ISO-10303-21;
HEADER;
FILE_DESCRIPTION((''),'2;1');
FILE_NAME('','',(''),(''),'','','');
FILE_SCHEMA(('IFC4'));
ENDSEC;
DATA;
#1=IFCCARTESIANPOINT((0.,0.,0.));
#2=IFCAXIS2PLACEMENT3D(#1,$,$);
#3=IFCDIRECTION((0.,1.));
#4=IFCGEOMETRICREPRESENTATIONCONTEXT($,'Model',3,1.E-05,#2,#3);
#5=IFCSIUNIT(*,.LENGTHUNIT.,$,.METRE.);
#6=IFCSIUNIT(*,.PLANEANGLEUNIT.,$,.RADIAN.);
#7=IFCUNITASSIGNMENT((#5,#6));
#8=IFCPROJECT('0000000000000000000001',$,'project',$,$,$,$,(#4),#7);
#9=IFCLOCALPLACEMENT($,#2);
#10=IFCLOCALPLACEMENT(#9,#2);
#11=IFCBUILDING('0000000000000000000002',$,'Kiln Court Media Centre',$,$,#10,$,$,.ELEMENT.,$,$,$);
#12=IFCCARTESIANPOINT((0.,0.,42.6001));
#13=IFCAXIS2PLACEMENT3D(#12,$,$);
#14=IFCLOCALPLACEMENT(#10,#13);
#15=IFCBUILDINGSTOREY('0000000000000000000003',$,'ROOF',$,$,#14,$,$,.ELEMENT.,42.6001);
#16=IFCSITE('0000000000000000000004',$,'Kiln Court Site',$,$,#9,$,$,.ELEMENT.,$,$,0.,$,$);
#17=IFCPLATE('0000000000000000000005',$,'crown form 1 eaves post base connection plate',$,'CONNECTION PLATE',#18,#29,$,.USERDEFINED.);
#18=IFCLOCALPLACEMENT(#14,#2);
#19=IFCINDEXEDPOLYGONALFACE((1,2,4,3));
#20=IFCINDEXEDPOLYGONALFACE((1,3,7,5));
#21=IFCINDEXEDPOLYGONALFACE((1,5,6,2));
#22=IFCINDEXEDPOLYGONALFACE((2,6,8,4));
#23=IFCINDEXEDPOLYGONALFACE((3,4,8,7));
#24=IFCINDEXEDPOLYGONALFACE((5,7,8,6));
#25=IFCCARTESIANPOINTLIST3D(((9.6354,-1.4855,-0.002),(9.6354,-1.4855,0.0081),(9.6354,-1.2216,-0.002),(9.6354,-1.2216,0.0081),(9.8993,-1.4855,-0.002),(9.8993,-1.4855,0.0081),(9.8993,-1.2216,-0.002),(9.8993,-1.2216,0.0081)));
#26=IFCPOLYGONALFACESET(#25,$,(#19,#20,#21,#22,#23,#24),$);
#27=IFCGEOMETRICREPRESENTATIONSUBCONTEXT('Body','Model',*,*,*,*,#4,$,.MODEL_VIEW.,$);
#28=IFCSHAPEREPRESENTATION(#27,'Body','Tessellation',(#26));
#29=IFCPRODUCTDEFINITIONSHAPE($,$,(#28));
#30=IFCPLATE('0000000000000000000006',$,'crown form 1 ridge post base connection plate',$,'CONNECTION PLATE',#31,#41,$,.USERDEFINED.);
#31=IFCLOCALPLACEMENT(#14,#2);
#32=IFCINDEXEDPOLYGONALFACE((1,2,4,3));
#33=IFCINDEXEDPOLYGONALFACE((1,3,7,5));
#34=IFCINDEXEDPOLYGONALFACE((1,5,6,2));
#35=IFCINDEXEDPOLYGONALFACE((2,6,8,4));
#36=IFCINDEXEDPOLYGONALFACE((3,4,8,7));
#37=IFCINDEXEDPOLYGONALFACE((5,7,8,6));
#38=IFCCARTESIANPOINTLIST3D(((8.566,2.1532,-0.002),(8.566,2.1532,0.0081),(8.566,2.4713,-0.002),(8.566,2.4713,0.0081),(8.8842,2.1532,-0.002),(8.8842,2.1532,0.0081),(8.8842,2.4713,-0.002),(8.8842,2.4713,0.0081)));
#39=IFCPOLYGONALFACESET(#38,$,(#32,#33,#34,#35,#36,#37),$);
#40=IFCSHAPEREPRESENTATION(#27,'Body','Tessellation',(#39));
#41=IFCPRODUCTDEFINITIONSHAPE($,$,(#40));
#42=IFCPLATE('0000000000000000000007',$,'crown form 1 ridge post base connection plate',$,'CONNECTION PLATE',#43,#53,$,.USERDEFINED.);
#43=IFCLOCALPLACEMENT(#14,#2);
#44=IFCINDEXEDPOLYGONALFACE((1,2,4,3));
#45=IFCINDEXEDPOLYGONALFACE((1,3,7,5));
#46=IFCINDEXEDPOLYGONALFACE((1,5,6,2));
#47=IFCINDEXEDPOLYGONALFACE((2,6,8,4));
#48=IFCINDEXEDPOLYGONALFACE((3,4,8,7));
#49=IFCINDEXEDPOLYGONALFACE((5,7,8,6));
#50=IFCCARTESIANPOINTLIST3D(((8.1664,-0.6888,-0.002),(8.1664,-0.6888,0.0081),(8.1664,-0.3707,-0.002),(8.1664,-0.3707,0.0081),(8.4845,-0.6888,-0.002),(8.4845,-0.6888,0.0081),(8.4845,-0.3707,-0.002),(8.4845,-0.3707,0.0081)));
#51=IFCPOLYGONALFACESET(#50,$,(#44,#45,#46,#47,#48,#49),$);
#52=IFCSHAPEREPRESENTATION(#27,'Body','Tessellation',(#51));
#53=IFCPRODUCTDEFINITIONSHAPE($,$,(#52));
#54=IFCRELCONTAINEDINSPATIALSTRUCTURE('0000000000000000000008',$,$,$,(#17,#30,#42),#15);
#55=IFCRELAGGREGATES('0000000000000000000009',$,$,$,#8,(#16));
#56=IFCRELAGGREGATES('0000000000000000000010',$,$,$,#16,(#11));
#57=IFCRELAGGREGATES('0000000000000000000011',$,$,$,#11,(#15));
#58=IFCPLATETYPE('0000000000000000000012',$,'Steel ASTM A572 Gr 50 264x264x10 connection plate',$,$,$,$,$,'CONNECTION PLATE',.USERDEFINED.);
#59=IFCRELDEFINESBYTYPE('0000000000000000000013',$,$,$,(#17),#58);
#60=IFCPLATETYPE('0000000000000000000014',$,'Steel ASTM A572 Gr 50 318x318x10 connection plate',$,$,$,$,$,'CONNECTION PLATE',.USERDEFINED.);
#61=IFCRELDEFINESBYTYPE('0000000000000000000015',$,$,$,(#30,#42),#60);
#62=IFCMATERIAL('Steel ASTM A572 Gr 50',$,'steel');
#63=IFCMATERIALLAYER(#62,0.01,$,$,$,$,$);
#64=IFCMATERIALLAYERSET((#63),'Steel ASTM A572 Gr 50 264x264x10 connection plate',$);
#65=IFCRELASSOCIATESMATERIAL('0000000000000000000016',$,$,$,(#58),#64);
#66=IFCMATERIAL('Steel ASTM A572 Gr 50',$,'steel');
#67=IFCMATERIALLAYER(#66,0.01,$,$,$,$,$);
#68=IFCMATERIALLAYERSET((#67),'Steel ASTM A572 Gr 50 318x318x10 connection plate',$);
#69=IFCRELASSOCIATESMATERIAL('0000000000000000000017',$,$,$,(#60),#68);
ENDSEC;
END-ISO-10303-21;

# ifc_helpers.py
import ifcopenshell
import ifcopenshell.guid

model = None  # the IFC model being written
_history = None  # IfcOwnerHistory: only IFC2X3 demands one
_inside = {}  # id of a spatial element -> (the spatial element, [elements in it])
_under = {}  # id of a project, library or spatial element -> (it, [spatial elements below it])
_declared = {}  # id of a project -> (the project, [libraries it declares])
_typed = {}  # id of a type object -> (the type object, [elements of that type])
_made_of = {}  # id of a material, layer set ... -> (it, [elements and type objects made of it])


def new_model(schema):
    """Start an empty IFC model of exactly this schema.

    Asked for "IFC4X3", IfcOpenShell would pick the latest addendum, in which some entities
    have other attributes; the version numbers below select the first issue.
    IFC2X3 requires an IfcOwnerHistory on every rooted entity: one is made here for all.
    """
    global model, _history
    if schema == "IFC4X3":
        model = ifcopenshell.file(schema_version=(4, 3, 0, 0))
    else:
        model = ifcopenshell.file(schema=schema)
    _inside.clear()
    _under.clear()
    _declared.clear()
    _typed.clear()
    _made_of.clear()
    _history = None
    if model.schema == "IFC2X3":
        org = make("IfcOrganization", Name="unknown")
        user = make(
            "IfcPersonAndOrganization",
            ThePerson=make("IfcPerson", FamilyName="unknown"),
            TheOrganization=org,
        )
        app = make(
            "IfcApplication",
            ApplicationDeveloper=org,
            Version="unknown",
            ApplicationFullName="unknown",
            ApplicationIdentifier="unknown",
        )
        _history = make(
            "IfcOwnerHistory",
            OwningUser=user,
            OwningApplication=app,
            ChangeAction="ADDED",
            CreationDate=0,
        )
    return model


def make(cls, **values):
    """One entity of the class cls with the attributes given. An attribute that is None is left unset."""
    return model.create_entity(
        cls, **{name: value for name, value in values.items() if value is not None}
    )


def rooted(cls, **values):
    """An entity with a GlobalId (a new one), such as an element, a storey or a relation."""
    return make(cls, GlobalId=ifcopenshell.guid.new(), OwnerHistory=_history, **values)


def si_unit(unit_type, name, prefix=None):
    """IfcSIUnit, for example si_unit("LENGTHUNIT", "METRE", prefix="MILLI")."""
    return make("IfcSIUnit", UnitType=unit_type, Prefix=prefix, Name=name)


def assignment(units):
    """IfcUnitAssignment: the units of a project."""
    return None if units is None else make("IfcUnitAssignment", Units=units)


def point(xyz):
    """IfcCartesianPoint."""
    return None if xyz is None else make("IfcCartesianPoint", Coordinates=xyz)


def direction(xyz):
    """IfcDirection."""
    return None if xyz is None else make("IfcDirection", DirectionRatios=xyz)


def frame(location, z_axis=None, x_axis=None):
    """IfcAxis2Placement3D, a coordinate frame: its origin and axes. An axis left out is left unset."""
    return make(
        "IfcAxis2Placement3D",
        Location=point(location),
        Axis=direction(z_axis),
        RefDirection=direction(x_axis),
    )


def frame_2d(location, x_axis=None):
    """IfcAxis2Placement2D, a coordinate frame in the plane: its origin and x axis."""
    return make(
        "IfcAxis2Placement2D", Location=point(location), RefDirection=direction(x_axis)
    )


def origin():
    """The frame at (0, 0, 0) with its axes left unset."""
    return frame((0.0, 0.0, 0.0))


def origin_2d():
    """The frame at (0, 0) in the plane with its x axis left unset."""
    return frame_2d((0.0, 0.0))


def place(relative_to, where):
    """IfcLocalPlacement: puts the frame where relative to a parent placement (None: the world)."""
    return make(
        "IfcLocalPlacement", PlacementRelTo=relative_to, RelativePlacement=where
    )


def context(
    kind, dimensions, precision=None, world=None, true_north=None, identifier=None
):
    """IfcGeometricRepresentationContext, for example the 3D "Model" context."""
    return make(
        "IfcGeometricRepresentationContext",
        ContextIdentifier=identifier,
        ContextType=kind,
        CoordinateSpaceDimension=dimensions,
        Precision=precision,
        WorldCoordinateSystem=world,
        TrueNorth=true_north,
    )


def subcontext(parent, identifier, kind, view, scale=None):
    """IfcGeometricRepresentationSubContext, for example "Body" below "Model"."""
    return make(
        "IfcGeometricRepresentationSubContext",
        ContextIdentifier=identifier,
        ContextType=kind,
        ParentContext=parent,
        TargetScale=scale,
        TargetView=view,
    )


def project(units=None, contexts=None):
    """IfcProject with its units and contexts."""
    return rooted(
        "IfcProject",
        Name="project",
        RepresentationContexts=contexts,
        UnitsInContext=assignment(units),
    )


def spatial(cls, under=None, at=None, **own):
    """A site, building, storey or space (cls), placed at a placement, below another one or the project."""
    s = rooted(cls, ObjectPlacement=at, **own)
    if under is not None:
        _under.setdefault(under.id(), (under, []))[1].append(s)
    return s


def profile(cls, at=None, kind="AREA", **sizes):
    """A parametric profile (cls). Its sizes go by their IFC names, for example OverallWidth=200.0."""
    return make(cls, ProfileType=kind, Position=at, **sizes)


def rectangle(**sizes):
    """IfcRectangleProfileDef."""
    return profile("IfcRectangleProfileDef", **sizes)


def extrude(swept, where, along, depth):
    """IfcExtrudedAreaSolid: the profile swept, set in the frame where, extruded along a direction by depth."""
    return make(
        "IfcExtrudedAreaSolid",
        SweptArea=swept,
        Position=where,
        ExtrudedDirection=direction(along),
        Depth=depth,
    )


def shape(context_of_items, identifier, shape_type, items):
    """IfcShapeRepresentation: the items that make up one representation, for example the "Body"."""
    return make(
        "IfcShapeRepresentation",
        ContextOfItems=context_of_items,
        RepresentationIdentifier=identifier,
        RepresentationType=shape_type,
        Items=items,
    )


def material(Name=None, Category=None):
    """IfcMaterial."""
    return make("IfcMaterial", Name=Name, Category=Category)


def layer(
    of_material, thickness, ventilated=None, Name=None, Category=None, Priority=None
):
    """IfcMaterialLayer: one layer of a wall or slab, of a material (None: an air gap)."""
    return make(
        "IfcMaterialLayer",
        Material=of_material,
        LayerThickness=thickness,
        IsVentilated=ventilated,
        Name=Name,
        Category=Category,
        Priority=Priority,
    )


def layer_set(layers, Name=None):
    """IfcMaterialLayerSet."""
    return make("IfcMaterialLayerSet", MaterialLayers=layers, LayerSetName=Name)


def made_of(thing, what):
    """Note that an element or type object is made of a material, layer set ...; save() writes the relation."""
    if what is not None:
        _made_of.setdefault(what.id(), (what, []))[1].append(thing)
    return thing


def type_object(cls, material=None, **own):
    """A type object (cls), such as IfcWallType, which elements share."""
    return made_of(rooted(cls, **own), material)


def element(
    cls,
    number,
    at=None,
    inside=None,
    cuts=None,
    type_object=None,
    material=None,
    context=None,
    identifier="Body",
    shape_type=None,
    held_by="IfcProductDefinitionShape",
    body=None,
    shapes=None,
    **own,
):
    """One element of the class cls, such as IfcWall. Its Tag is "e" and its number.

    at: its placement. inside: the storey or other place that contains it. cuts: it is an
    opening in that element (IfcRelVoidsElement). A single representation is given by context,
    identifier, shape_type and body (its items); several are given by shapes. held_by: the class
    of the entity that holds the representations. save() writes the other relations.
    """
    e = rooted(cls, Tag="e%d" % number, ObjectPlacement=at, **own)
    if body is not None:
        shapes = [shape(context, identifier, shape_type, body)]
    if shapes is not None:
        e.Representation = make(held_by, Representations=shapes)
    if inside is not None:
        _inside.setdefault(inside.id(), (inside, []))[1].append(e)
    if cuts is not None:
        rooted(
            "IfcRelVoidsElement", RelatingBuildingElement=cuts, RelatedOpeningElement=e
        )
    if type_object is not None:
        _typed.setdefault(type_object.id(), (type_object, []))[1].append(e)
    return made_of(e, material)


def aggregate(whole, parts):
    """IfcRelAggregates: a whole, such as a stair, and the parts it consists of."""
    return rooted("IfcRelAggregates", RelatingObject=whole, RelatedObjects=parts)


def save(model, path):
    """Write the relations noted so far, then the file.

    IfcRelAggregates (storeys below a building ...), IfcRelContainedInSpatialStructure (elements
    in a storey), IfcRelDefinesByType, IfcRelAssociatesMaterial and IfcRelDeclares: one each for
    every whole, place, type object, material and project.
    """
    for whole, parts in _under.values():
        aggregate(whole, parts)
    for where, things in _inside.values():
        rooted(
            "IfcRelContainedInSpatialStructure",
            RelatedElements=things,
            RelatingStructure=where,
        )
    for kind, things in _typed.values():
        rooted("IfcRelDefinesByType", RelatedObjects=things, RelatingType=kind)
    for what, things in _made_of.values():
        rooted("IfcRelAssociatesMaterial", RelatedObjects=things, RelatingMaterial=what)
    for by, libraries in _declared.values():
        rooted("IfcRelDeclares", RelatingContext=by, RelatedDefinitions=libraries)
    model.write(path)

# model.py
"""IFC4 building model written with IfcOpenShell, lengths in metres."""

from ifc_helpers import new_model, si_unit, direction, frame, origin, origin_2d, place, context, subcontext, project, spatial, rectangle, extrude, material, layer, layer_set, type_object, element, save


model = new_model("IFC4")

# Units and contexts
model_context = context("Model", 3, precision=1e-05, world=origin(), true_north=direction((0.0, 1.0)))
body_context = subcontext(model_context, "Body", "Model", "MODEL_VIEW")
ifc_project = project(units=[si_unit("LENGTHUNIT", "METRE"), si_unit("PLANEANGLEUNIT", "RADIAN")], contexts=[model_context])

# Site, building, storey
site_placement = place(None, origin())
site = spatial("IfcSite", under=ifc_project, at=site_placement, Name="Kiln Court Site", CompositionType="ELEMENT", RefElevation=0.0)
building_placement = place(site_placement, origin())
building = spatial("IfcBuilding", under=site, at=building_placement, Name="Kiln Court Media Centre", CompositionType="ELEMENT")
storey_placement = place(building_placement, frame((0.0, 0.0, 42.6001)))
storey = spatial("IfcBuildingStorey", under=building, at=storey_placement, Name="ROOF", CompositionType="ELEMENT", Elevation=42.6001)

# Plates
ifc_material_1 = material(Name="Steel ASTM A572 Gr 50", Category="steel")
ifc_layer_1 = layer(ifc_material_1, 0.01)
ifc_layer_set_1 = layer_set([ifc_layer_1], Name="Steel ASTM A572 Gr 50 264x264x10 connection plate")
plate_type_1 = type_object("IfcPlateType", Name="Steel ASTM A572 Gr 50 264x264x10 connection plate", ElementType="CONNECTION PLATE", PredefinedType="USERDEFINED", material=ifc_layer_set_1)
plate_placement = place(storey_placement, frame((9.7673, -1.3535, -0.002), z_axis=(0.0, 0.0, 1.0), x_axis=(1.0, 0.0, 0.0)))
element("IfcPlate", 1, at=plate_placement, inside=storey, type_object=plate_type_1, Name="crown form 1 eaves post base connection plate", ObjectType="CONNECTION PLATE", PredefinedType="USERDEFINED", context=body_context, shape_type="SweptSolid", body=[
    extrude(rectangle(XDim=0.2639, YDim=0.2639, at=origin_2d()), origin(), (0.0, 0.0, 1.0), 0.01),
])
ifc_material_2 = material(Name="Steel ASTM A572 Gr 50", Category="steel")
ifc_layer_2 = layer(ifc_material_2, 0.01)
ifc_layer_set_2 = layer_set([ifc_layer_2], Name="Steel ASTM A572 Gr 50 318x318x10 connection plate")
plate_type_2 = type_object("IfcPlateType", Name="Steel ASTM A572 Gr 50 318x318x10 connection plate", ElementType="CONNECTION PLATE", PredefinedType="USERDEFINED", material=ifc_layer_set_2)
for number, where, z_axis, x_axis, name in (
    (2, (8.7251, 2.3123, -0.002), (0.0, 0.0, 1.0), (1.0, 0.0, 0.0), "crown form 1 ridge post base connection plate"),
    (3, (8.3254, -0.5298, -0.002), (0.0, 0.0, 1.0), (1.0, 0.0, 0.0), "crown form 1 ridge post base connection plate"),
):
    element("IfcPlate", number, at=place(storey_placement, frame(where, z_axis=z_axis, x_axis=x_axis)), inside=storey, type_object=plate_type_2, Name=name, ObjectType="CONNECTION PLATE", PredefinedType="USERDEFINED", context=body_context, shape_type="SweptSolid", body=[
        extrude(rectangle(XDim=0.3181, YDim=0.3181, at=origin_2d()), origin(), (0.0, 0.0, 1.0), 0.01),
    ])

save(model, "model.ifc")
